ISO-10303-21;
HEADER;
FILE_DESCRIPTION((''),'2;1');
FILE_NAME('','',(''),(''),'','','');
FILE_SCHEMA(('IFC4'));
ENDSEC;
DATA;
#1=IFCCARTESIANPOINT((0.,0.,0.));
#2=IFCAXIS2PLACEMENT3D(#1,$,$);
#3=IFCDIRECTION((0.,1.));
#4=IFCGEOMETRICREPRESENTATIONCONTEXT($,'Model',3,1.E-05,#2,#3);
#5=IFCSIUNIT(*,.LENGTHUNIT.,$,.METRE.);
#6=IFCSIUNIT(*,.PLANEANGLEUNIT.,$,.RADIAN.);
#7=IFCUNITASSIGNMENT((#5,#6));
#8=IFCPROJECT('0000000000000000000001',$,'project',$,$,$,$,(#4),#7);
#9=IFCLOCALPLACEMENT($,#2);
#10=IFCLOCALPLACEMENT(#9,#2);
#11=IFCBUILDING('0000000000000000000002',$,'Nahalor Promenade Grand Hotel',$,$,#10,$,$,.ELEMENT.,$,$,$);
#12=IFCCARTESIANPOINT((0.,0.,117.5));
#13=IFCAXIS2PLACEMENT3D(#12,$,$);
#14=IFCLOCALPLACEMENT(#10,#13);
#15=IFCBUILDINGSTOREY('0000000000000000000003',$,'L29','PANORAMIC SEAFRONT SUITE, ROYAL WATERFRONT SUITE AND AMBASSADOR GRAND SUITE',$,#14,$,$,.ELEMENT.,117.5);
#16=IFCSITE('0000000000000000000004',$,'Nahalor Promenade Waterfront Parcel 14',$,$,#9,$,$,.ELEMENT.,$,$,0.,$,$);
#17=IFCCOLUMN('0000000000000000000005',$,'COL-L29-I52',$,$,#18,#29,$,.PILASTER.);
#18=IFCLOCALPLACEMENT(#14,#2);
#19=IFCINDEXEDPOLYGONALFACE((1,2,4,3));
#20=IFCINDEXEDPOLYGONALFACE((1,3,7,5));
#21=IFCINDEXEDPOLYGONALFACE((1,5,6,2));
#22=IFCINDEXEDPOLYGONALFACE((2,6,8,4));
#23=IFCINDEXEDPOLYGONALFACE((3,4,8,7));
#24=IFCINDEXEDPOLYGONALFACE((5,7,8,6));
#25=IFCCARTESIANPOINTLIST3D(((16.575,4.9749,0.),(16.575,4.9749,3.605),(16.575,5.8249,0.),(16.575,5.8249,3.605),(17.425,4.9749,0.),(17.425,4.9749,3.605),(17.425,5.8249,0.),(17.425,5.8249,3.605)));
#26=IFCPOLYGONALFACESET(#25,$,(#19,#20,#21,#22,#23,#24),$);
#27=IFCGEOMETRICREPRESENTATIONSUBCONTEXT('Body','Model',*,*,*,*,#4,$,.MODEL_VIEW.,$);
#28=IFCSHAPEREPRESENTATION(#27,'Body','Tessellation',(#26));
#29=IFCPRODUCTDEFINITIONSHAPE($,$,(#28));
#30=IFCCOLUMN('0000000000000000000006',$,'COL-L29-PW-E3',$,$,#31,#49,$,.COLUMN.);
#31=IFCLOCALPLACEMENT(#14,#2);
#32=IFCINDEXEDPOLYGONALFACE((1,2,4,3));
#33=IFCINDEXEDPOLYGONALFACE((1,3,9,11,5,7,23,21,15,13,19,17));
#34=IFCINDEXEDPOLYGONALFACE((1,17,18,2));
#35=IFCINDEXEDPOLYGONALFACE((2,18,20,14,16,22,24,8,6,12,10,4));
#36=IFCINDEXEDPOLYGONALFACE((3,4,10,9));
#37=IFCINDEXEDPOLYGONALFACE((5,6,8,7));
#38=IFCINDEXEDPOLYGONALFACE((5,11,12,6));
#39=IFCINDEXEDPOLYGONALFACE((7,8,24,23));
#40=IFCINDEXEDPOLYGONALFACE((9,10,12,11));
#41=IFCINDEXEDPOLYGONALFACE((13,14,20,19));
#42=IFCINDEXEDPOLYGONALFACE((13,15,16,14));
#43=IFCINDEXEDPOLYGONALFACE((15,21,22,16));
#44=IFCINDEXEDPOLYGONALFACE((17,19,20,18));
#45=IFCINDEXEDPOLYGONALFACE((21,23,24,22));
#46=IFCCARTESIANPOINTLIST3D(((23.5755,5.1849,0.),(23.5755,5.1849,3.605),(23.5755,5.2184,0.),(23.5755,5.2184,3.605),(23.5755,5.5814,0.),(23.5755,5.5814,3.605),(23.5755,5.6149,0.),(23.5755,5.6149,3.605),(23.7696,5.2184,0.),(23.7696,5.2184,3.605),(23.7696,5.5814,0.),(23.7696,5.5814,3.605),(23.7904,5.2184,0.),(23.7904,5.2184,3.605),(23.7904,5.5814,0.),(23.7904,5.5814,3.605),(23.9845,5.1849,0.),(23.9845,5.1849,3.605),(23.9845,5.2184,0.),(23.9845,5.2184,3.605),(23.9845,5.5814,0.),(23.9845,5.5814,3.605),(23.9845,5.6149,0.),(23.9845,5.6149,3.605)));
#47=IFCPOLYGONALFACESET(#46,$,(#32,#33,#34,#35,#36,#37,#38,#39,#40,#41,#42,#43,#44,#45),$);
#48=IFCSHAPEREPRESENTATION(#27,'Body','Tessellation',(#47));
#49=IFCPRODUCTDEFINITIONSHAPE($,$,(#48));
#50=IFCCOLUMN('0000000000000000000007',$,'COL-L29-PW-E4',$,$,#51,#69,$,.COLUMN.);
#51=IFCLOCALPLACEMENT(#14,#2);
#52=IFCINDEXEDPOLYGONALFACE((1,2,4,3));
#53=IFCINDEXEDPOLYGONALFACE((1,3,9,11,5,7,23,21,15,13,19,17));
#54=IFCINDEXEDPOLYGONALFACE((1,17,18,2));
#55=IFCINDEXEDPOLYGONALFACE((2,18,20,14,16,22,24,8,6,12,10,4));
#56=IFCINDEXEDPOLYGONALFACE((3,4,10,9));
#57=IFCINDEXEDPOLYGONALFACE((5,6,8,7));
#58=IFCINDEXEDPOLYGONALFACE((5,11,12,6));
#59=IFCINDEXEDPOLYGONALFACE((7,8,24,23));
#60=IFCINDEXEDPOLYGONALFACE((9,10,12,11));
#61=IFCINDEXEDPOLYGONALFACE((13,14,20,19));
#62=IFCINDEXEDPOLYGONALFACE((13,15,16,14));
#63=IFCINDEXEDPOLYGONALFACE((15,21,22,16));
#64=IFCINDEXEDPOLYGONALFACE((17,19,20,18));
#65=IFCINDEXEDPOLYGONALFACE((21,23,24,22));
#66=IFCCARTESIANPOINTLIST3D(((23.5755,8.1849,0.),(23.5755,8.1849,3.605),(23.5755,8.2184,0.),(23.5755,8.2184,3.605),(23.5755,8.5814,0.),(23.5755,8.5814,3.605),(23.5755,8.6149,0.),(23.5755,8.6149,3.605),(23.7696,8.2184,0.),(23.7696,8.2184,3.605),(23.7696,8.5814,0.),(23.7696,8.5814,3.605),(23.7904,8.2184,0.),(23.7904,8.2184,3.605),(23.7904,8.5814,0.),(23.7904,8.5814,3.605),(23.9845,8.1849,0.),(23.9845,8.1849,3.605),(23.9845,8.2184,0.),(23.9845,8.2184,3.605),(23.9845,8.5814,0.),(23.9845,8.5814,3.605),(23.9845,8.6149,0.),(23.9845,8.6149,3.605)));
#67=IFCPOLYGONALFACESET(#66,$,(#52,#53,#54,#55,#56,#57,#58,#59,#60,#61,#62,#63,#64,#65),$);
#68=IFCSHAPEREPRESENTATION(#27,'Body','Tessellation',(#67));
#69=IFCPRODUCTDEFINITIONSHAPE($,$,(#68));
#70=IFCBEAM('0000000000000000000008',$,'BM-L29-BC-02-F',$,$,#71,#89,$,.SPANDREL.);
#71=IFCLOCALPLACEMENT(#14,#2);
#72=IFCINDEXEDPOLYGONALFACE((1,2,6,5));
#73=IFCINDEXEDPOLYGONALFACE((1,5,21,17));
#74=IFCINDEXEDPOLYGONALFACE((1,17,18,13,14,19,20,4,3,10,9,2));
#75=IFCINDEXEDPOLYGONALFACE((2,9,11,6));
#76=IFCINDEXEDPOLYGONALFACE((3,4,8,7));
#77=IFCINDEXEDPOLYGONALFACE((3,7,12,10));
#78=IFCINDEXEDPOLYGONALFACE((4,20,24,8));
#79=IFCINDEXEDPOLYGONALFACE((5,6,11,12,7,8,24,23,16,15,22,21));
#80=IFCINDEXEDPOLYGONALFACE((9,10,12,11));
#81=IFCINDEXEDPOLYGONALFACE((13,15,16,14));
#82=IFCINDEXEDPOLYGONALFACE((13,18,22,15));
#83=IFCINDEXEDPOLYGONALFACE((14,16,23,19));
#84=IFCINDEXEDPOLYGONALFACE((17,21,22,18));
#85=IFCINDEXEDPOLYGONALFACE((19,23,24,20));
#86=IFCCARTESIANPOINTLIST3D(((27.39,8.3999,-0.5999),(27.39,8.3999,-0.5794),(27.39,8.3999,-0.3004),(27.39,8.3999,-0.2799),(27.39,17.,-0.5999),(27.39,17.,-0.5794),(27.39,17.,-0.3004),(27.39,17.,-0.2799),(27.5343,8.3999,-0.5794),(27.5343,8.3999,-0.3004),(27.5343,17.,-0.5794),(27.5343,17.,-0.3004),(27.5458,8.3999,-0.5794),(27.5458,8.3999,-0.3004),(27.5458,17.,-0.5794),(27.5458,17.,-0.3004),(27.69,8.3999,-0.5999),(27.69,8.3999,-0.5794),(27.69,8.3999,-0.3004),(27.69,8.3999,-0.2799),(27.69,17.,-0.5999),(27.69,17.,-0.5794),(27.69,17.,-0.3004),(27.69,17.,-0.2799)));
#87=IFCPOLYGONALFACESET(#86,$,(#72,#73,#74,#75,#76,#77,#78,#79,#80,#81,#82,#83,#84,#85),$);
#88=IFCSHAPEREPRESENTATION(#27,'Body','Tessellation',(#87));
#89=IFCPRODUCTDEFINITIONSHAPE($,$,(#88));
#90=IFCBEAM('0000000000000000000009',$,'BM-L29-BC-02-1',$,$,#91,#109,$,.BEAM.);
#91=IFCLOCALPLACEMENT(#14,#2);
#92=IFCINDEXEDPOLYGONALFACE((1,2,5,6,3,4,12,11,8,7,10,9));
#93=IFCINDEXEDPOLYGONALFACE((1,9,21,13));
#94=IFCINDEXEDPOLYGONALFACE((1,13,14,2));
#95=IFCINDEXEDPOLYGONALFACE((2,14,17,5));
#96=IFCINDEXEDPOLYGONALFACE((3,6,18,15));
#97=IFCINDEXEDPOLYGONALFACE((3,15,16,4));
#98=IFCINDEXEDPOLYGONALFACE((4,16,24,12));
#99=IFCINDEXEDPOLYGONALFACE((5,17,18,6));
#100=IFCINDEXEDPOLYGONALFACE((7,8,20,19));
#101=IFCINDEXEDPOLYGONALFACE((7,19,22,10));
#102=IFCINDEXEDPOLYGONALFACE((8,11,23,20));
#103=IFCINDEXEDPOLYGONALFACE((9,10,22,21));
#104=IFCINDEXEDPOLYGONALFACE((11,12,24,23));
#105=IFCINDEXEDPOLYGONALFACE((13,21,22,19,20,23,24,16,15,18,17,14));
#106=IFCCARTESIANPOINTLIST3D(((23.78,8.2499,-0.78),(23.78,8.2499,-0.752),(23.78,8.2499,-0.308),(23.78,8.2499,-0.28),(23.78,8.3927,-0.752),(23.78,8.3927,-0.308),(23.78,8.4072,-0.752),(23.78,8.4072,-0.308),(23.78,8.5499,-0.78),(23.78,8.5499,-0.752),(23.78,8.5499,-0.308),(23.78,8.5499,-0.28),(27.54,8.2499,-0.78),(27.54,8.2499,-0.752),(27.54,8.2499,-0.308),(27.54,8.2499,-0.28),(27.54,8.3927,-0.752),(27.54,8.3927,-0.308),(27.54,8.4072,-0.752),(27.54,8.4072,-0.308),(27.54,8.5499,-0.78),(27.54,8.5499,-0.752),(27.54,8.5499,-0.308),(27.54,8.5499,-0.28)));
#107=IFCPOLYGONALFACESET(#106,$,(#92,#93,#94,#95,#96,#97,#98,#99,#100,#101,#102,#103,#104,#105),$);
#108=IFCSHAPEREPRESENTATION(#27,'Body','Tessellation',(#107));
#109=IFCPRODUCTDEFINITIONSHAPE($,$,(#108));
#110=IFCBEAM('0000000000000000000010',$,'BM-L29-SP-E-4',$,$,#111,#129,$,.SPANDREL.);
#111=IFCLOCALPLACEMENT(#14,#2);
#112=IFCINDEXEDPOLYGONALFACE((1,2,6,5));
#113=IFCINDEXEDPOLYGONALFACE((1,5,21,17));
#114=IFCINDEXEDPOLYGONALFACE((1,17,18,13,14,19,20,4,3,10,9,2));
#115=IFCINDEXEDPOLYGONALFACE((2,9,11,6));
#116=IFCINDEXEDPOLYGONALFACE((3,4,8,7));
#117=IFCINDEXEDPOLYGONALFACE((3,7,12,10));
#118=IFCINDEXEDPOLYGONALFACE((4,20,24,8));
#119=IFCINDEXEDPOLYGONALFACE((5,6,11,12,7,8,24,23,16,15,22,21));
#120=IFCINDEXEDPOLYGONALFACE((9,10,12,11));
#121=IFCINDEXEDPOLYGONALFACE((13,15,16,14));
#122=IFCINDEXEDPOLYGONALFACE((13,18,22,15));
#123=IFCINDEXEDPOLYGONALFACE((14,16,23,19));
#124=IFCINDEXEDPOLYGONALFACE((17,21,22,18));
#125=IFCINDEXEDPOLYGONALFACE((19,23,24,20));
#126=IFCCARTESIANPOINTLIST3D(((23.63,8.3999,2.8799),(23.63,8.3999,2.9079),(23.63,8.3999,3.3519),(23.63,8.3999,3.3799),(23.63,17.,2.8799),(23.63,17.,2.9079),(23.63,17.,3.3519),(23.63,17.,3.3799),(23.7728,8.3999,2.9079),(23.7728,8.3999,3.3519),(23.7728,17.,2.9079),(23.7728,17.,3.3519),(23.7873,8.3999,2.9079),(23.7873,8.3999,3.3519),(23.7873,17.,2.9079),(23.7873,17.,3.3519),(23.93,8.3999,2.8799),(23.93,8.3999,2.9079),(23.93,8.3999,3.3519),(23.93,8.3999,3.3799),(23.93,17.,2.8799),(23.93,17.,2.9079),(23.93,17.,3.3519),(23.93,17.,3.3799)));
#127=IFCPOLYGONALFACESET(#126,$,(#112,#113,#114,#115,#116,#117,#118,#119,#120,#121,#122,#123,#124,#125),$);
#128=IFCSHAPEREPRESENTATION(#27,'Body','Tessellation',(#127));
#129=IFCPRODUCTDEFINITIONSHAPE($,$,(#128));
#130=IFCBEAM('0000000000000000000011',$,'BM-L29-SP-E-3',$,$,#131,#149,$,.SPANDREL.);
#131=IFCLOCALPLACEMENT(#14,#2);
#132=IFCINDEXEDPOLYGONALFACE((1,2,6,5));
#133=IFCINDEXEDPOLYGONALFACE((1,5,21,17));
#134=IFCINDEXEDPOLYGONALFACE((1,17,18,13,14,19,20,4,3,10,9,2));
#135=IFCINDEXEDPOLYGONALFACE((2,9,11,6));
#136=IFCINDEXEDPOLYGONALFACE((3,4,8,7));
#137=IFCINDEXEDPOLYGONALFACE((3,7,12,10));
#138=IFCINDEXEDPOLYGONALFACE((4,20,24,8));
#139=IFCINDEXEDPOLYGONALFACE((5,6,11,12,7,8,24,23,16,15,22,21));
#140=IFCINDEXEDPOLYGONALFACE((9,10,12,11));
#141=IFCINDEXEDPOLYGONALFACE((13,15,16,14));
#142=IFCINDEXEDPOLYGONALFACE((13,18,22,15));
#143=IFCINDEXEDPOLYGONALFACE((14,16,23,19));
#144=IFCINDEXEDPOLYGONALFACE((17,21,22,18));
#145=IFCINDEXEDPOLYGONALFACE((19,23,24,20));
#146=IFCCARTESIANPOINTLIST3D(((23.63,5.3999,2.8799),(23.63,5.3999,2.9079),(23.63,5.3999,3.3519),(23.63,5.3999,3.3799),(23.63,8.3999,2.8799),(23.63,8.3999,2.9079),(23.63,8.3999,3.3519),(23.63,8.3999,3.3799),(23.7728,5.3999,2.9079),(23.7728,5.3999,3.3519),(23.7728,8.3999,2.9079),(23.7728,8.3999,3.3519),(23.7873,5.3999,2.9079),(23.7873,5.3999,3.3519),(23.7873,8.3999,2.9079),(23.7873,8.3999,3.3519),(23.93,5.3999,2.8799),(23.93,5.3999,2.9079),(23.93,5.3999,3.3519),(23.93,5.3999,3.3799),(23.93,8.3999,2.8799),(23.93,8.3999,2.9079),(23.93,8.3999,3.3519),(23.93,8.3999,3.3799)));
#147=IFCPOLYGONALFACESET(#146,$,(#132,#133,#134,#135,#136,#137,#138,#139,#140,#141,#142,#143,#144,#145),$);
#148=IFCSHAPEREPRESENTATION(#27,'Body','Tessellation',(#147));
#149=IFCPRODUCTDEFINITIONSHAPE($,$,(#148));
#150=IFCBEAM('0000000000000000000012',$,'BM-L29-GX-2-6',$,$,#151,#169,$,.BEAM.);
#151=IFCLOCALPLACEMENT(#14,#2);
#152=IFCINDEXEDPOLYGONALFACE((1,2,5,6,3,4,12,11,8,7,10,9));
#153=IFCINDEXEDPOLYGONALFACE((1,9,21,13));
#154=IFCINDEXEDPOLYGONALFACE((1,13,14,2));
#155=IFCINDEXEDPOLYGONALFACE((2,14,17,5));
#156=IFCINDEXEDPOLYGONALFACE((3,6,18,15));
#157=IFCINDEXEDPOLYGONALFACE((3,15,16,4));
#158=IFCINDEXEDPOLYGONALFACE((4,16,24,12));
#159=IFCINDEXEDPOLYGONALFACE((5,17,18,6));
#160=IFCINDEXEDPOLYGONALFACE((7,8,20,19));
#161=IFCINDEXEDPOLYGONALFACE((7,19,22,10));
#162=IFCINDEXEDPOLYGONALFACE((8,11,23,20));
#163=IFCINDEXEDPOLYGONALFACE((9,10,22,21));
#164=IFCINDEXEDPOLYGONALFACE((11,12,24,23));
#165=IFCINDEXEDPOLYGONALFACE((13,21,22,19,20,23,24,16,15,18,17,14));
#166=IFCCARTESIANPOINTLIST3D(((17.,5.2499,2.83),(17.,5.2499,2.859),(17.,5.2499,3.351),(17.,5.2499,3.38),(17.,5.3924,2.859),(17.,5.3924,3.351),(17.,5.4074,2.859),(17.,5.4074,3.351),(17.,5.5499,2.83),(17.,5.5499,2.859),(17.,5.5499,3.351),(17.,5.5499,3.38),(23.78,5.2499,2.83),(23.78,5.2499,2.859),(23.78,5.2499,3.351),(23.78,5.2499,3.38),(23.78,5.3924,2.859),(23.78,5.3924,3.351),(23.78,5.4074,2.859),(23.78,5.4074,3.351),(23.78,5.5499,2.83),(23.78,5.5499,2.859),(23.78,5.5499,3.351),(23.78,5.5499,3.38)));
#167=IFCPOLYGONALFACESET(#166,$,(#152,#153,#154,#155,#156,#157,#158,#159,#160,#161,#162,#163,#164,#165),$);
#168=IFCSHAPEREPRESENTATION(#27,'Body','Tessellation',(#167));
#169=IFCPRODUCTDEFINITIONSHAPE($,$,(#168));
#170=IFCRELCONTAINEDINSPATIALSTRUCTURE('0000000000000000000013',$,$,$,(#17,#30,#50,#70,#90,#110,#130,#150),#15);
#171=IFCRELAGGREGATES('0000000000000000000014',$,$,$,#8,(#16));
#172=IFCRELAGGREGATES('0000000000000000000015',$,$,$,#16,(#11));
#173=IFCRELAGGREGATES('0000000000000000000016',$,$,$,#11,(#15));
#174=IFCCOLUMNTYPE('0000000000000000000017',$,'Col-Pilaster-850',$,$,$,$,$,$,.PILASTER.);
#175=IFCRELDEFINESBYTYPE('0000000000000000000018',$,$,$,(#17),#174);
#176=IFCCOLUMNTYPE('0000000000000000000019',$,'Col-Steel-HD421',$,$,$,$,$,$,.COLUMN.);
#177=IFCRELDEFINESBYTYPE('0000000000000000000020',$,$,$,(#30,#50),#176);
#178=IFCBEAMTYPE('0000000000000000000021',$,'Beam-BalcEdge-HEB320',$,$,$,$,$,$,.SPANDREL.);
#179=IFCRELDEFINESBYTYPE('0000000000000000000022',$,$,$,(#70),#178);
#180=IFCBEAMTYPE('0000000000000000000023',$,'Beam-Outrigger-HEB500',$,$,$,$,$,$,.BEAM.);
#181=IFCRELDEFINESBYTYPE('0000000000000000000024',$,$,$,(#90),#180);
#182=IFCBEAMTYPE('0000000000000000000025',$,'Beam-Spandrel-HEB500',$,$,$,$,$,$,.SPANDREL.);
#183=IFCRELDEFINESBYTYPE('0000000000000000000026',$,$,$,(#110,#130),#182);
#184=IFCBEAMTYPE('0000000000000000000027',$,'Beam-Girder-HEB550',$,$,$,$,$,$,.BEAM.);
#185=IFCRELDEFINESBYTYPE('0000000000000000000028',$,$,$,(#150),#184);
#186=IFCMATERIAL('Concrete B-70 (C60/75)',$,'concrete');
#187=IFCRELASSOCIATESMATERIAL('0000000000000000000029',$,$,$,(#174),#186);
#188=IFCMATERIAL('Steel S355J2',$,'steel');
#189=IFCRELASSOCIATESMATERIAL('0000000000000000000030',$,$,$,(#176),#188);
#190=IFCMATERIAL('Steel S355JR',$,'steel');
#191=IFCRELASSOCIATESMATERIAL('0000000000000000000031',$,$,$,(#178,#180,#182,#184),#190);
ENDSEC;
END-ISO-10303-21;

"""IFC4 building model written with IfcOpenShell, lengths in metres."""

from ifc_helpers import new_model, si_unit, direction, frame, origin, origin_2d, place, context, subcontext, project, spatial, rectangle, i_section, extrude, source, transform, mapped, material, material_profile, profile_set, type_object, element, save


model = new_model("IFC4")

# Units and contexts
model_context = context("Model", 3, precision=1e-05, world=origin(), true_north=direction((0.0, 1.0)))
body_context = subcontext(model_context, "Body", "Model", "MODEL_VIEW")
ifc_project = project(units=[si_unit("LENGTHUNIT", "METRE"), si_unit("PLANEANGLEUNIT", "RADIAN")], contexts=[model_context])

# Site, building, storey
site_placement = place(None, origin())
site = spatial("IfcSite", under=ifc_project, at=site_placement, Name="Nahalor Promenade Waterfront Parcel 14", CompositionType="ELEMENT", RefElevation=0.0)
building_placement = place(site_placement, origin())
building = spatial("IfcBuilding", under=site, at=building_placement, Name="Nahalor Promenade Grand Hotel", CompositionType="ELEMENT")
storey_placement = place(building_placement, frame((0.0, 0.0, 117.5)))
storey = spatial("IfcBuildingStorey", under=building, at=storey_placement, Name="L29", Description="PANORAMIC SEAFRONT SUITE, ROYAL WATERFRONT SUITE AND AMBASSADOR GRAND SUITE", CompositionType="ELEMENT", Elevation=117.5)

# Columns
ifc_material_1 = material(Name="Concrete B-70 (C60/75)", Category="concrete")
ifc_material_profile_1 = material_profile(ifc_material_1, rectangle(XDim=0.85, YDim=0.85, at=origin_2d()), Name="RC 850x850")
ifc_profile_set_1 = profile_set([ifc_material_profile_1], Name="Concrete B-70 (C60/75)")
column_type_1 = type_object("IfcColumnType", Name="Col-Pilaster-850", PredefinedType="PILASTER", material=ifc_profile_set_1)
shared_shape_1 = source(origin(), body_context, "Body", "SweptSolid", [
    extrude(rectangle(XDim=0.85, YDim=0.85, at=origin_2d()), origin(), (0.0, 0.0, 1.0), 3.605),
])
column_placement = place(storey_placement, frame((17.0, 5.3999, 0.0), z_axis=(0.0, 0.0, 1.0), x_axis=(1.0, 0.0, 0.0)))
element("IfcColumn", 1, at=column_placement, inside=storey, type_object=column_type_1, Name="COL-L29-I52", PredefinedType="PILASTER", context=body_context, shape_type="MappedRepresentation", body=[
    mapped(shared_shape_1, transform((0.0, 0.0, 0.0), scale=1.0)),
])
ifc_material_2 = material(Name="Steel S355J2", Category="steel")
ifc_material_profile_2 = material_profile(ifc_material_2, i_section(OverallWidth=0.409, OverallDepth=0.43, WebThickness=0.0208, FlangeThickness=0.0335, at=origin_2d()), Name="HD 400x421")
ifc_profile_set_2 = profile_set([ifc_material_profile_2], Name="Steel S355J2")
column_type_2 = type_object("IfcColumnType", Name="Col-Steel-HD421", PredefinedType="COLUMN", material=ifc_profile_set_2)
shared_shape_2 = source(origin(), body_context, "Body", "SweptSolid", [
    extrude(i_section(OverallWidth=0.409, OverallDepth=0.43, WebThickness=0.0208, FlangeThickness=0.0335, at=origin_2d()), origin(), (0.0, 0.0, 1.0), 3.605),
])
for number, where, z_axis, x_axis, name in (
    (2, (23.78, 5.3999, 0.0), (0.0, 0.0, 1.0), (1.0, 0.0, 0.0), "COL-L29-PW-E3"),
    (3, (23.78, 8.3999, 0.0), (0.0, 0.0, 1.0), (1.0, 0.0, 0.0), "COL-L29-PW-E4"),
):
    element("IfcColumn", number, at=place(storey_placement, frame(where, z_axis=z_axis, x_axis=x_axis)), inside=storey, type_object=column_type_2, Name=name, PredefinedType="COLUMN", context=body_context, shape_type="MappedRepresentation", body=[
        mapped(shared_shape_2, transform((0.0, 0.0, 0.0), scale=1.0)),
    ])

# Beams
ifc_material_3 = material(Name="Steel S355JR", Category="steel")
ifc_material_profile_3 = material_profile(ifc_material_3, i_section(OverallWidth=0.3, OverallDepth=0.32, WebThickness=0.0115, FlangeThickness=0.0205, at=origin_2d()), Name="HEB 320")
ifc_profile_set_3 = profile_set([ifc_material_profile_3], Name="Steel S355JR")
beam_type_1 = type_object("IfcBeamType", Name="Beam-BalcEdge-HEB320", PredefinedType="SPANDREL", material=ifc_profile_set_3)
shared_shape_3 = source(origin(), body_context, "Body", "SweptSolid", [
    extrude(i_section(OverallWidth=0.3, OverallDepth=0.32, WebThickness=0.0115, FlangeThickness=0.0205, at=origin_2d()), origin(), (0.0, 0.0, 1.0), 8.6001),
])
beam_1_placement = place(storey_placement, frame((27.54, 8.3999, -0.4399), z_axis=(0.0, 1.0, 0.0), x_axis=(-1.0, 0.0, 0.0)))
element("IfcBeam", 4, at=beam_1_placement, inside=storey, type_object=beam_type_1, Name="BM-L29-BC-02-F", PredefinedType="SPANDREL", context=body_context, shape_type="MappedRepresentation", body=[
    mapped(shared_shape_3, transform((0.0, 0.0, 0.0), scale=1.0)),
])
ifc_material_profile_4 = material_profile(ifc_material_3, i_section(OverallWidth=0.3, OverallDepth=0.5, WebThickness=0.0145, FlangeThickness=0.028, at=origin_2d()), Name="HEB 500")
ifc_profile_set_4 = profile_set([ifc_material_profile_4], Name="Steel S355JR")
beam_type_2 = type_object("IfcBeamType", Name="Beam-Outrigger-HEB500", PredefinedType="BEAM", material=ifc_profile_set_4)
shared_shape_4 = source(origin(), body_context, "Body", "SweptSolid", [
    extrude(i_section(OverallWidth=0.3, OverallDepth=0.5, WebThickness=0.0145, FlangeThickness=0.028, at=origin_2d()), origin(), (0.0, 0.0, 1.0), 3.76),
])
beam_2_placement = place(storey_placement, frame((23.78, 8.3999, -0.53), z_axis=(1.0, 0.0, 0.0), x_axis=(0.0, 1.0, 0.0)))
element("IfcBeam", 5, at=beam_2_placement, inside=storey, type_object=beam_type_2, Name="BM-L29-BC-02-1", PredefinedType="BEAM", context=body_context, shape_type="MappedRepresentation", body=[
    mapped(shared_shape_4, transform((0.0, 0.0, 0.0), scale=1.0)),
])
ifc_material_profile_5 = material_profile(ifc_material_3, i_section(OverallWidth=0.3, OverallDepth=0.5, WebThickness=0.0145, FlangeThickness=0.028, at=origin_2d()), Name="HEB 500")
ifc_profile_set_5 = profile_set([ifc_material_profile_5], Name="Steel S355JR")
beam_type_3 = type_object("IfcBeamType", Name="Beam-Spandrel-HEB500", PredefinedType="SPANDREL", material=ifc_profile_set_5)
shared_shape_5 = source(origin(), body_context, "Body", "SweptSolid", [
    extrude(i_section(OverallWidth=0.3, OverallDepth=0.5, WebThickness=0.0145, FlangeThickness=0.028, at=origin_2d()), origin(), (0.0, 0.0, 1.0), 8.6001),
])
beam_3_placement = place(storey_placement, frame((23.78, 8.3999, 3.1299), z_axis=(0.0, 1.0, 0.0), x_axis=(-1.0, 0.0, 0.0)))
element("IfcBeam", 6, at=beam_3_placement, inside=storey, type_object=beam_type_3, Name="BM-L29-SP-E-4", PredefinedType="SPANDREL", context=body_context, shape_type="MappedRepresentation", body=[
    mapped(shared_shape_5, transform((0.0, 0.0, 0.0), scale=1.0)),
])
shared_shape_6 = source(origin(), body_context, "Body", "SweptSolid", [
    extrude(i_section(OverallWidth=0.3, OverallDepth=0.5, WebThickness=0.0145, FlangeThickness=0.028, at=origin_2d()), origin(), (0.0, 0.0, 1.0), 3.0),
])
beam_4_placement = place(storey_placement, frame((23.78, 5.3999, 3.1299), z_axis=(0.0, 1.0, 0.0), x_axis=(-1.0, 0.0, 0.0)))
element("IfcBeam", 7, at=beam_4_placement, inside=storey, type_object=beam_type_3, Name="BM-L29-SP-E-3", PredefinedType="SPANDREL", context=body_context, shape_type="MappedRepresentation", body=[
    mapped(shared_shape_6, transform((0.0, 0.0, 0.0), scale=1.0)),
])
ifc_material_profile_6 = material_profile(ifc_material_3, i_section(OverallWidth=0.3, OverallDepth=0.55, WebThickness=0.015, FlangeThickness=0.029, at=origin_2d()), Name="HEB 550")
ifc_profile_set_6 = profile_set([ifc_material_profile_6], Name="Steel S355JR")
beam_type_4 = type_object("IfcBeamType", Name="Beam-Girder-HEB550", PredefinedType="BEAM", material=ifc_profile_set_6)
shared_shape_7 = source(origin(), body_context, "Body", "SweptSolid", [
    extrude(i_section(OverallWidth=0.3, OverallDepth=0.55, WebThickness=0.015, FlangeThickness=0.029, at=origin_2d()), origin(), (0.0, 0.0, 1.0), 6.78),
])
beam_5_placement = place(storey_placement, frame((17.0, 5.3999, 3.105), z_axis=(1.0, 0.0, 0.0), x_axis=(0.0, 1.0, 0.0)))
element("IfcBeam", 8, at=beam_5_placement, inside=storey, type_object=beam_type_4, Name="BM-L29-GX-2-6", PredefinedType="BEAM", context=body_context, shape_type="MappedRepresentation", body=[
    mapped(shared_shape_7, transform((0.0, 0.0, 0.0), scale=1.0)),
])

save(model, "model.ifc")
